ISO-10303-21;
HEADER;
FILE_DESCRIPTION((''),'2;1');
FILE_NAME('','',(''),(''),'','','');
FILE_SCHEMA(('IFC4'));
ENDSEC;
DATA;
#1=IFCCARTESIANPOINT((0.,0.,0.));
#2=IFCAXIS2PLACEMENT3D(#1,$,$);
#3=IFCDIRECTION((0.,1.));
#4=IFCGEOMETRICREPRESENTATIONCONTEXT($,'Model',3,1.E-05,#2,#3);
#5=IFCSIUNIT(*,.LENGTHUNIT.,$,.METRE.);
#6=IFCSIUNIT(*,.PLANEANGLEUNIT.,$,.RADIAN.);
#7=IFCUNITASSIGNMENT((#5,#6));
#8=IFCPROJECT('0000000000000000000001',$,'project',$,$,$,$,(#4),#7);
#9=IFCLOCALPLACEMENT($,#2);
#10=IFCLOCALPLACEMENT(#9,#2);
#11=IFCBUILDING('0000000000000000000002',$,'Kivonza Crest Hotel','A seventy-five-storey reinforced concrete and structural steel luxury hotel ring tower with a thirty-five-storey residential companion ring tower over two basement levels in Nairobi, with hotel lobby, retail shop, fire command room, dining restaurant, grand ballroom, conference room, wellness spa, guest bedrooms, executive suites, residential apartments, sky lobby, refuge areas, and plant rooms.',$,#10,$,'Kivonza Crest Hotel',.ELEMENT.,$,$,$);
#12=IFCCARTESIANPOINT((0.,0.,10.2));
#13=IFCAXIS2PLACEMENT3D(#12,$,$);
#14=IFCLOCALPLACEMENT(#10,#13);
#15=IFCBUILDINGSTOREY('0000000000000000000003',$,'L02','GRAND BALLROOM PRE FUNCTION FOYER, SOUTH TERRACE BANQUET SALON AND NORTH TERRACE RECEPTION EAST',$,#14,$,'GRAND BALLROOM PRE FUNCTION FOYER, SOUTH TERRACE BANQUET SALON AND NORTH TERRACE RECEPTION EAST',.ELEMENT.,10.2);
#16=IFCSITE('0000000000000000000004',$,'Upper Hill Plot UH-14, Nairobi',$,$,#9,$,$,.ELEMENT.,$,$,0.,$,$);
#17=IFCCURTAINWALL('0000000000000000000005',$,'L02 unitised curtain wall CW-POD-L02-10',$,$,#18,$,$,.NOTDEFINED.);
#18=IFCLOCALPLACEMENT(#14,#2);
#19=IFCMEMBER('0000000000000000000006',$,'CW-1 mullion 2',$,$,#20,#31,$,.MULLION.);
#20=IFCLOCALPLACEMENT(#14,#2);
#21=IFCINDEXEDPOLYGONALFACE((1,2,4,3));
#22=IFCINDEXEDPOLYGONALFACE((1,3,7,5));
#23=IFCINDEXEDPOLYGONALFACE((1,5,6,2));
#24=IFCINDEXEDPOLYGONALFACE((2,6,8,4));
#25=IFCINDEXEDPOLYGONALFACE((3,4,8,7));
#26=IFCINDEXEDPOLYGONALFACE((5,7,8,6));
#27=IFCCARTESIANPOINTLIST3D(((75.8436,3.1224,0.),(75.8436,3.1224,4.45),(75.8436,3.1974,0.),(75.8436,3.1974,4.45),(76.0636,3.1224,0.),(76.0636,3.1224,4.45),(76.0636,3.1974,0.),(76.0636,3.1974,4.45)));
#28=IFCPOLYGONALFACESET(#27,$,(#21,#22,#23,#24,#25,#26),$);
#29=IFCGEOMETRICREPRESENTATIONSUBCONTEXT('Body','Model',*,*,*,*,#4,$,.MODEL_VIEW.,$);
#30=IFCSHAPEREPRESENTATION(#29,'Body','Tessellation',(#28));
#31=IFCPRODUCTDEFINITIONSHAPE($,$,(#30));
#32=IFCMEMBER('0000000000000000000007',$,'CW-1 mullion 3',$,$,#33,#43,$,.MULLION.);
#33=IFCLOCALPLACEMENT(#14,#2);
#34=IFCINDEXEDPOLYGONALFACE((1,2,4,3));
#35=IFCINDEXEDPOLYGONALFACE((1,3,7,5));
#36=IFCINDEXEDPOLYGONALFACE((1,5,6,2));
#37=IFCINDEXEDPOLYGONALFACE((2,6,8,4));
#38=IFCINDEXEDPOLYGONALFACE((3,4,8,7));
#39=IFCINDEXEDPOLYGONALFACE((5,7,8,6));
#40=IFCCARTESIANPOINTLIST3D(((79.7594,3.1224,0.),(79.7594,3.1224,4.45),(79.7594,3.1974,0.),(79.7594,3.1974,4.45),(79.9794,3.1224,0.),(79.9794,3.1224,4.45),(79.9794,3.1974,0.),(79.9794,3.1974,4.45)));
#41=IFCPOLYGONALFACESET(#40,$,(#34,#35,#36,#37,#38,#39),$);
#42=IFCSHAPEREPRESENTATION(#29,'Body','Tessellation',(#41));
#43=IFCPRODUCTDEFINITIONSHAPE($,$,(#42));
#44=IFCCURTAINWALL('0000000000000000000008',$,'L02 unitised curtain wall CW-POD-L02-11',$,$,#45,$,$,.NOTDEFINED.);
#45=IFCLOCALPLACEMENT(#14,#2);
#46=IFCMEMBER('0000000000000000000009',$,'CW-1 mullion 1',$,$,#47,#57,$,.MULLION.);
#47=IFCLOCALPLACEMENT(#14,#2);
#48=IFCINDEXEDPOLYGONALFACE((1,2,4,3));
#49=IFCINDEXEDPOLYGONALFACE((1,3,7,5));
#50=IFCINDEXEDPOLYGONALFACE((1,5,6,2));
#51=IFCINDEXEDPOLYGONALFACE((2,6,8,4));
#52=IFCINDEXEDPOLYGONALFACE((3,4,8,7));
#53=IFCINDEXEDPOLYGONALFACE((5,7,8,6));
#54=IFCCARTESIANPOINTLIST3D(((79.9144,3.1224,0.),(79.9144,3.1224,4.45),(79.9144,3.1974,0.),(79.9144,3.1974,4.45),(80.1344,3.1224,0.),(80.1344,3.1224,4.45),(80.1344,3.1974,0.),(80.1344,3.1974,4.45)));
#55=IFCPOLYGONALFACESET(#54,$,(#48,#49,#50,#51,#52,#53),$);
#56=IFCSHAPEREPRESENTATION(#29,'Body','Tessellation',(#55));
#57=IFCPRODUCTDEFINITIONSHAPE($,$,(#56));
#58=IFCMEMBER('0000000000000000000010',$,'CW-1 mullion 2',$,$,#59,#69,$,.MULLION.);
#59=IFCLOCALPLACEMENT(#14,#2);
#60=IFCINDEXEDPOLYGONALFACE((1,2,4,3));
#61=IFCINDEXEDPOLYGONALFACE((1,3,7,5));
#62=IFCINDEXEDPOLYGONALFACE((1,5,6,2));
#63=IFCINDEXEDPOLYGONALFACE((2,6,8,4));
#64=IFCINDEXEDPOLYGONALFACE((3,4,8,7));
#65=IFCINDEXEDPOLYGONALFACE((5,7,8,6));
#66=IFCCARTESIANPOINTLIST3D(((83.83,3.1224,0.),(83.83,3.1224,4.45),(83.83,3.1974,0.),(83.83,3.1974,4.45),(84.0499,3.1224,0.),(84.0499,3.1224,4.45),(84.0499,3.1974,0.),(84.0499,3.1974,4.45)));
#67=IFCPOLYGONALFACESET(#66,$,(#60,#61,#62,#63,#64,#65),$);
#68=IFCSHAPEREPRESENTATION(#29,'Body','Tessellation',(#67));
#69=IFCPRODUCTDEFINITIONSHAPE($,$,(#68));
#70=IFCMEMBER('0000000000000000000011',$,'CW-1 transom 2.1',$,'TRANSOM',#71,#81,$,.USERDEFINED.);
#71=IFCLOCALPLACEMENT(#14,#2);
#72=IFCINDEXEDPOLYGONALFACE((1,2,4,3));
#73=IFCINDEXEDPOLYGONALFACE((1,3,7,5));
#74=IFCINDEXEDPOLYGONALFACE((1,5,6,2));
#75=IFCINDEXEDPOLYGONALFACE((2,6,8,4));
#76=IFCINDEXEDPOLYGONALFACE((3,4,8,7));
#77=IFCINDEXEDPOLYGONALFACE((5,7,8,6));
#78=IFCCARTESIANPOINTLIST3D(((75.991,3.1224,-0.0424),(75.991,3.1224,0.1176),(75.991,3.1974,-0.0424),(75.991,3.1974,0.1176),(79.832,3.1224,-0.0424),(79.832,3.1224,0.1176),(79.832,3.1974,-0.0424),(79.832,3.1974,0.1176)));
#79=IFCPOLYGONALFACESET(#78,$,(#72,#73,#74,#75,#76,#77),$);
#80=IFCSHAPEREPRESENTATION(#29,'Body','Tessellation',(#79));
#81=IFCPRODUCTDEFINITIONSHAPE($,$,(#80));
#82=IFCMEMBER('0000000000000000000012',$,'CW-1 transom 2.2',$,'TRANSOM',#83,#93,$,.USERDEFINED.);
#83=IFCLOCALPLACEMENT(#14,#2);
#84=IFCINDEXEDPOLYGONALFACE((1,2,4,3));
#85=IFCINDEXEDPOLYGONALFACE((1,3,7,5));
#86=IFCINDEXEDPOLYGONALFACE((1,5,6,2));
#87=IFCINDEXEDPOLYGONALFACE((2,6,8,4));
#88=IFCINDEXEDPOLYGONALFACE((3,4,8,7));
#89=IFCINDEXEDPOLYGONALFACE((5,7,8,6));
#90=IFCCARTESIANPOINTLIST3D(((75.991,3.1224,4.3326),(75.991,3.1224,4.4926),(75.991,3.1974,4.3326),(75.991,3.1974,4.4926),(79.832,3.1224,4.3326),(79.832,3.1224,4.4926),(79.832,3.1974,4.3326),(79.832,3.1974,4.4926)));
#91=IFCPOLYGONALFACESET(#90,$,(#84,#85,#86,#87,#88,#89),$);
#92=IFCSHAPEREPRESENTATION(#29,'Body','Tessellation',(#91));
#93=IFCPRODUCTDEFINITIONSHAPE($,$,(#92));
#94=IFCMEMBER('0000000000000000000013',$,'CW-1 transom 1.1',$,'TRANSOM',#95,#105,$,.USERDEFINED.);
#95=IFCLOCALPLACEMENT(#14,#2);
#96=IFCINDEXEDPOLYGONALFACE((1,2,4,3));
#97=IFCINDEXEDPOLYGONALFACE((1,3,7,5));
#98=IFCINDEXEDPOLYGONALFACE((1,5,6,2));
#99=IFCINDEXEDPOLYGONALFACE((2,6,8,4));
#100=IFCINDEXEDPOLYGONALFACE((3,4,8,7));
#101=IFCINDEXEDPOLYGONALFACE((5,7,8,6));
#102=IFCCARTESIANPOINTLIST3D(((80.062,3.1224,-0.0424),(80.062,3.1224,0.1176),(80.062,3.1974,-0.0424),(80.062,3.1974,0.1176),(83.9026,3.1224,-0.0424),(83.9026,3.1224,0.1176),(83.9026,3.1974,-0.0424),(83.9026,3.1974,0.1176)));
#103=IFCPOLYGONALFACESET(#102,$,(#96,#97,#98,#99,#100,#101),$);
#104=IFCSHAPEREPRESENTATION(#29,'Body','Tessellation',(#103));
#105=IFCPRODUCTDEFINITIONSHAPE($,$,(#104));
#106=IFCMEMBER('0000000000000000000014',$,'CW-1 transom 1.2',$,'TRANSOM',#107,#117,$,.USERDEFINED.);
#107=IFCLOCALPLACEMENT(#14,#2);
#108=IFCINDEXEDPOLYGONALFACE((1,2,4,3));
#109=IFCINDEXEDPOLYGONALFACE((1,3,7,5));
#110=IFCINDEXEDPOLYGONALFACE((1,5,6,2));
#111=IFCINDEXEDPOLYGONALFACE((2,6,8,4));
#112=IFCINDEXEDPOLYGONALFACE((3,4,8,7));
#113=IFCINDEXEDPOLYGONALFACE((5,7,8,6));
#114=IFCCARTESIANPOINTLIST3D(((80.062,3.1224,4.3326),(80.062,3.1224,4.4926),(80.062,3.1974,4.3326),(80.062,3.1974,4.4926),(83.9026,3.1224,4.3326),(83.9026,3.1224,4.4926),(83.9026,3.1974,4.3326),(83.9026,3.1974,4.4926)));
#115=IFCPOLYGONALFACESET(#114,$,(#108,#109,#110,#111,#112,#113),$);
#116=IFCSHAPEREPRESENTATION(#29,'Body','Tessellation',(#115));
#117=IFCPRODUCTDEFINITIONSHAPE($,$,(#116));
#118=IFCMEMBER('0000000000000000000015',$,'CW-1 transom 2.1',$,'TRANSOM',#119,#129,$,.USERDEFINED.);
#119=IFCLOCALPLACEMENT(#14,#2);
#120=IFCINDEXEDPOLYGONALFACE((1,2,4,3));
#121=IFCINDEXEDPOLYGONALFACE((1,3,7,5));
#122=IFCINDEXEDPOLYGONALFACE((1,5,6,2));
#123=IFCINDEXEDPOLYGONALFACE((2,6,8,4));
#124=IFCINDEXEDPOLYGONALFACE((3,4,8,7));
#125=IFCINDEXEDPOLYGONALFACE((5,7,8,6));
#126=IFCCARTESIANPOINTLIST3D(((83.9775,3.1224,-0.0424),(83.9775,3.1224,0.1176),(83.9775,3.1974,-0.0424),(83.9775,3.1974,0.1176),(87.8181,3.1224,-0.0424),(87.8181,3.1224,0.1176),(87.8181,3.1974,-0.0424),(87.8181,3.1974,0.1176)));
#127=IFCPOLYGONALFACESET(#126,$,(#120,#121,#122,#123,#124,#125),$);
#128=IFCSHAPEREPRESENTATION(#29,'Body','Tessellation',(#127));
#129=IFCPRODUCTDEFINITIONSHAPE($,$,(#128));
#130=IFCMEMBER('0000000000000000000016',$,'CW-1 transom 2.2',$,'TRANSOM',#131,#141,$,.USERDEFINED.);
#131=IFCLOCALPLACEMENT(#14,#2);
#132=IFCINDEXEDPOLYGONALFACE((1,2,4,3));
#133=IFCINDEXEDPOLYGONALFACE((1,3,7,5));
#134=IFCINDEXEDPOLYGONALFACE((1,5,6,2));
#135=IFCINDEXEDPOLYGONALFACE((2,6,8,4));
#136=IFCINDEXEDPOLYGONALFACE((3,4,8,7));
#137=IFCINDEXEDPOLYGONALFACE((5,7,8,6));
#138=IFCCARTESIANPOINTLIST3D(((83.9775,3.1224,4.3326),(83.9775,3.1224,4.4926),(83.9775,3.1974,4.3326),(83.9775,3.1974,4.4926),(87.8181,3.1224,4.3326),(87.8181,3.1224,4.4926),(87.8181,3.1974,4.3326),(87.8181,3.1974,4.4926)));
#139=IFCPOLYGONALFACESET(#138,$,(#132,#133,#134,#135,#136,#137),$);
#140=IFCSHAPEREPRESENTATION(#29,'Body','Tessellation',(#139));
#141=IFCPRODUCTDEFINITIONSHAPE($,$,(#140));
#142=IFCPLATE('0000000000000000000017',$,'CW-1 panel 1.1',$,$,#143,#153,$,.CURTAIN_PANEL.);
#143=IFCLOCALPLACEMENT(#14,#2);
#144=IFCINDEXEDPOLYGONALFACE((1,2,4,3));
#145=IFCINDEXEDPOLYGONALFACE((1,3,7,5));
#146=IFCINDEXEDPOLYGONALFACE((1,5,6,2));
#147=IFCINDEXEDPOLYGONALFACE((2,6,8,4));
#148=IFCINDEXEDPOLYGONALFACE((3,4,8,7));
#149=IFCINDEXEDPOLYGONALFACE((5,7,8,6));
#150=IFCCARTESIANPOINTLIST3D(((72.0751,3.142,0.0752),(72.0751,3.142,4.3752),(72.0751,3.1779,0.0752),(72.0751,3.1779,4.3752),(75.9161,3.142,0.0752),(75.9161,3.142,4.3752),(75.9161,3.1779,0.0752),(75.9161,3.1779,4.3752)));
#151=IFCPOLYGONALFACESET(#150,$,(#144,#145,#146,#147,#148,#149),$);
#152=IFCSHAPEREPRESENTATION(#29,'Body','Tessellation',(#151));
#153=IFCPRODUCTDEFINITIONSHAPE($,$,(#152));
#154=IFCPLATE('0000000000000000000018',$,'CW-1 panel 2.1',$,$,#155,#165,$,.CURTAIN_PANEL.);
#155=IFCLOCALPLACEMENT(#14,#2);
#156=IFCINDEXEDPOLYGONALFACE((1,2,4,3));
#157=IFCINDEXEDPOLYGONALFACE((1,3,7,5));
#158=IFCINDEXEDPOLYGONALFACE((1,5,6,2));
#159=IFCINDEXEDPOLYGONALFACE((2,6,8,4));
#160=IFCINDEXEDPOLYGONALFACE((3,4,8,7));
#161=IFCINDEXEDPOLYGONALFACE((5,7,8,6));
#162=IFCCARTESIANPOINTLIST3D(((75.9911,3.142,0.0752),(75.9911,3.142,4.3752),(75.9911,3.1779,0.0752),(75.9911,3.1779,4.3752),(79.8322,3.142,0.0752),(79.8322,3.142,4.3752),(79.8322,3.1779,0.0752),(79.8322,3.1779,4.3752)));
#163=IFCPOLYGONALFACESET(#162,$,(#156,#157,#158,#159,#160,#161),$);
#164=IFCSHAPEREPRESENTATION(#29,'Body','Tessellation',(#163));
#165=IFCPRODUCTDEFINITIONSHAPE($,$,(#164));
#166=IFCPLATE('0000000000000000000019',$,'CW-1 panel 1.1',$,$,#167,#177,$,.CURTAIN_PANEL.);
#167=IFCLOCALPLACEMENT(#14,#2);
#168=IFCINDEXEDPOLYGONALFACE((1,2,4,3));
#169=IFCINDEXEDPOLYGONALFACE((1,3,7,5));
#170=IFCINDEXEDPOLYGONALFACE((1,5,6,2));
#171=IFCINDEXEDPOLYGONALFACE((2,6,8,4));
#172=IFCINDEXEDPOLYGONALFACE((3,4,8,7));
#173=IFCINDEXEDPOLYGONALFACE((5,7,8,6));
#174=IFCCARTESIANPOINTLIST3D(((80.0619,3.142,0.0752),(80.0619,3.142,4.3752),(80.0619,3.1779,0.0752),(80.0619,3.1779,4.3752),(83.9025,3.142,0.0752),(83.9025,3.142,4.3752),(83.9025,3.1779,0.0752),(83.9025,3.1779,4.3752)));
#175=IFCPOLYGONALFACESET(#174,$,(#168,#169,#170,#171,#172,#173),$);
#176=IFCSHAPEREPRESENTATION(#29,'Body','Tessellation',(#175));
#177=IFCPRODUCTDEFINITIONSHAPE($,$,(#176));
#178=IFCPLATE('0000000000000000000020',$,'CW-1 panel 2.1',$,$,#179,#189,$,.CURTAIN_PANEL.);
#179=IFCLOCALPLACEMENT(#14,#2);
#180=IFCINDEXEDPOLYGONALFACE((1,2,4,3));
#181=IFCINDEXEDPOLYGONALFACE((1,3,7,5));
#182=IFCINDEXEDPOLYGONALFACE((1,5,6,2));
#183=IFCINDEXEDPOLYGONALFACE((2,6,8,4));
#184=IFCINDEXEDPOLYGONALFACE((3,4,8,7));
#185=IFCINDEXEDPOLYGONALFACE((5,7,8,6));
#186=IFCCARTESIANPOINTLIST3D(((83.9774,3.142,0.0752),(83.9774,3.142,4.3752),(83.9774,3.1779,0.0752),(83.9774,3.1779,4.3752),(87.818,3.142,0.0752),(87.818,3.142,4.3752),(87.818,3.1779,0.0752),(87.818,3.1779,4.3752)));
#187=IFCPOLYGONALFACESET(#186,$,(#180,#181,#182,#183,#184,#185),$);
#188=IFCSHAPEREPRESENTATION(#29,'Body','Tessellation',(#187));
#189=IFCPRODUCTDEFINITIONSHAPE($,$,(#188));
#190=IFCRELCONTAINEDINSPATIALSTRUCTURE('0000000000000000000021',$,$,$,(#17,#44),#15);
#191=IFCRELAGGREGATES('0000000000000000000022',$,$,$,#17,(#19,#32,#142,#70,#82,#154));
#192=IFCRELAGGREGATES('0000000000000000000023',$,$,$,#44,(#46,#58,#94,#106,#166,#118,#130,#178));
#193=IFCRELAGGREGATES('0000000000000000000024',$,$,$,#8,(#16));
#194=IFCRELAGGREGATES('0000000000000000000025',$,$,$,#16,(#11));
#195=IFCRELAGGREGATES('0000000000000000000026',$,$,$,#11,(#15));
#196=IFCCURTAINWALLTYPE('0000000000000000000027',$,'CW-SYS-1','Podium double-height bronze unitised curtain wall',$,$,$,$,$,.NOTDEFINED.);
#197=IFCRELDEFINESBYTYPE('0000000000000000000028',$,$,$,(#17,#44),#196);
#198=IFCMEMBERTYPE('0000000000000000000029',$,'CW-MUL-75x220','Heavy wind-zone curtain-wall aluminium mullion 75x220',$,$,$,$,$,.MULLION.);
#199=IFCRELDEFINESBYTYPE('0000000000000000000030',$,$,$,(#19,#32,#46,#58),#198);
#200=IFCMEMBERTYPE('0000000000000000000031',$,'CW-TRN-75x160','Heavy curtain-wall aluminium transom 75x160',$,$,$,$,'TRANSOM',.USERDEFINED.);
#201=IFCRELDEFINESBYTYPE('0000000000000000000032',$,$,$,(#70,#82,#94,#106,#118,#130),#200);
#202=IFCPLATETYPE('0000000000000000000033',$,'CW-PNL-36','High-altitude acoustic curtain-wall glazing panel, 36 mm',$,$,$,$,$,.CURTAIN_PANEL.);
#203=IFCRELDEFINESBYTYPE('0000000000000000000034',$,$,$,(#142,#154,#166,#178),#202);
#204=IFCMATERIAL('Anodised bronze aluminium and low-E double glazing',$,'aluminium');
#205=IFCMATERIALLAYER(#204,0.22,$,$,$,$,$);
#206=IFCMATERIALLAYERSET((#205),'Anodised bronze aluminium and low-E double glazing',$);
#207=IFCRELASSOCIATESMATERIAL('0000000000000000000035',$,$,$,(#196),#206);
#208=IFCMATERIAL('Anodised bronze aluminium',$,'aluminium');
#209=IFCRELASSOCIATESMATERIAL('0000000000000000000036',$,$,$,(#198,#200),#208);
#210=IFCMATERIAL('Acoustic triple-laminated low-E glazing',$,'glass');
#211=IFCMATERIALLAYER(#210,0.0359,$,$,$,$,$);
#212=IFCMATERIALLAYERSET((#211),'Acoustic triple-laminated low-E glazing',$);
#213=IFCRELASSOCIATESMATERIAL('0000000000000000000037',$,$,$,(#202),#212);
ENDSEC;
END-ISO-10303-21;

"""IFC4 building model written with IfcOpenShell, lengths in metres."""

from ifc_helpers import new_model, si_unit, direction, frame, origin, origin_2d, place, context, subcontext, project, spatial, rectangle, extrude, material, layer, layer_set, material_profile, profile_set, type_object, element, aggregate, save


model = new_model("IFC4")

# Units and contexts
model_context = context("Model", 3, precision=1e-05, world=origin(), true_north=direction((0.0, 1.0)))
body_context = subcontext(model_context, "Body", "Model", "MODEL_VIEW")
ifc_project = project(units=[si_unit("LENGTHUNIT", "METRE"), si_unit("PLANEANGLEUNIT", "RADIAN")], contexts=[model_context])

# Site, building, storey
site_placement = place(None, origin())
site = spatial("IfcSite", under=ifc_project, at=site_placement, Name="Upper Hill Plot UH-14, Nairobi", CompositionType="ELEMENT", RefElevation=0.0)
building_placement = place(site_placement, origin())
building = spatial("IfcBuilding", under=site, at=building_placement, Name="Kivonza Crest Hotel", Description="A seventy-five-storey reinforced concrete and structural steel luxury hotel ring tower with a thirty-five-storey residential companion ring tower over two basement levels in Nairobi, with hotel lobby, retail shop, fire command room, dining restaurant, grand ballroom, conference room, wellness spa, guest bedrooms, executive suites, residential apartments, sky lobby, refuge areas, and plant rooms.", LongName="Kivonza Crest Hotel", CompositionType="ELEMENT")
storey_placement = place(building_placement, frame((0.0, 0.0, 10.2)))
storey = spatial("IfcBuildingStorey", under=building, at=storey_placement, Name="L02", Description="GRAND BALLROOM PRE FUNCTION FOYER, SOUTH TERRACE BANQUET SALON AND NORTH TERRACE RECEPTION EAST", LongName="GRAND BALLROOM PRE FUNCTION FOYER, SOUTH TERRACE BANQUET SALON AND NORTH TERRACE RECEPTION EAST", CompositionType="ELEMENT", Elevation=10.2)

# Curtain walls, members
ifc_material_1 = material(Name="Anodised bronze aluminium and low-E double glazing", Category="aluminium")
ifc_layer_1 = layer(ifc_material_1, 0.22)
ifc_layer_set_1 = layer_set([ifc_layer_1], Name="Anodised bronze aluminium and low-E double glazing")
curtain_wall_type = type_object("IfcCurtainWallType", Name="CW-SYS-1", Description="Podium double-height bronze unitised curtain wall", PredefinedType="NOTDEFINED", material=ifc_layer_set_1)
curtain_wall_1_placement = place(storey_placement, origin())
curtain_wall_1 = element("IfcCurtainWall", 1, at=curtain_wall_1_placement, inside=storey, type_object=curtain_wall_type, Name="L02 unitised curtain wall CW-POD-L02-10", PredefinedType="NOTDEFINED")
ifc_material_2 = material(Name="Anodised bronze aluminium", Category="aluminium")
ifc_material_profile_1 = material_profile(ifc_material_2, rectangle(XDim=0.075, YDim=0.22, at=origin_2d()), Name="CW-M 75x220")
ifc_profile_set_1 = profile_set([ifc_material_profile_1], Name="Anodised bronze aluminium")
member_type_1 = type_object("IfcMemberType", Name="CW-MUL-75x220", Description="Heavy wind-zone curtain-wall aluminium mullion 75x220", PredefinedType="MULLION", material=ifc_profile_set_1)
member_1_placement = place(storey_placement, frame((75.9536, 3.1599, 0.0), z_axis=(0.0, 0.0, 1.0), x_axis=(0.0, 1.0, 0.0)))
member_1 = element("IfcMember", 2, at=member_1_placement, type_object=member_type_1, Name="CW-1 mullion 2", PredefinedType="MULLION", context=body_context, shape_type="SweptSolid", body=[
    extrude(rectangle(XDim=0.075, YDim=0.22, at=origin_2d()), origin(), (0.0, 0.0, 1.0), 4.45),
])
member_2_placement = place(storey_placement, frame((79.8694, 3.1599, 0.0), z_axis=(0.0, 0.0, 1.0), x_axis=(0.0, 1.0, 0.0)))
member_2 = element("IfcMember", 3, at=member_2_placement, type_object=member_type_1, Name="CW-1 mullion 3", PredefinedType="MULLION", context=body_context, shape_type="SweptSolid", body=[
    extrude(rectangle(XDim=0.075, YDim=0.22, at=origin_2d()), origin(), (0.0, 0.0, 1.0), 4.45),
])
curtain_wall_2_placement = place(storey_placement, origin())
curtain_wall_2 = element("IfcCurtainWall", 4, at=curtain_wall_2_placement, inside=storey, type_object=curtain_wall_type, Name="L02 unitised curtain wall CW-POD-L02-11", PredefinedType="NOTDEFINED")
member_3_placement = place(storey_placement, frame((80.0244, 3.1599, 0.0), z_axis=(0.0, 0.0, 1.0), x_axis=(0.0, 1.0, 0.0)))
member_3 = element("IfcMember", 5, at=member_3_placement, type_object=member_type_1, Name="CW-1 mullion 1", PredefinedType="MULLION", context=body_context, shape_type="SweptSolid", body=[
    extrude(rectangle(XDim=0.075, YDim=0.22, at=origin_2d()), origin(), (0.0, 0.0, 1.0), 4.45),
])
member_4_placement = place(storey_placement, frame((83.9399, 3.1599, 0.0), z_axis=(0.0, 0.0, 1.0), x_axis=(0.0, 1.0, 0.0)))
member_4 = element("IfcMember", 6, at=member_4_placement, type_object=member_type_1, Name="CW-1 mullion 2", PredefinedType="MULLION", context=body_context, shape_type="SweptSolid", body=[
    extrude(rectangle(XDim=0.075, YDim=0.22, at=origin_2d()), origin(), (0.0, 0.0, 1.0), 4.45),
])

# Members
ifc_material_profile_2 = material_profile(ifc_material_2, rectangle(XDim=0.075, YDim=0.1599, at=origin_2d()), Name="CW-T 75x160")
ifc_profile_set_2 = profile_set([ifc_material_profile_2], Name="Anodised bronze aluminium")
member_type_2 = type_object("IfcMemberType", Name="CW-TRN-75x160", Description="Heavy curtain-wall aluminium transom 75x160", ElementType="TRANSOM", PredefinedType="USERDEFINED", material=ifc_profile_set_2)
member_5_placement = place(storey_placement, frame((75.991, 3.1599, 0.0376), z_axis=(1.0, 0.0, 0.0), x_axis=(0.0, 1.0, 0.0)))
member_5 = element("IfcMember", 7, at=member_5_placement, type_object=member_type_2, Name="CW-1 transom 2.1", ObjectType="TRANSOM", PredefinedType="USERDEFINED", context=body_context, shape_type="SweptSolid", body=[
    extrude(rectangle(XDim=0.075, YDim=0.1599, at=origin_2d()), origin(), (0.0, 0.0, 1.0), 3.8411),
])
member_6_placement = place(storey_placement, frame((75.991, 3.1599, 4.4126), z_axis=(1.0, 0.0, 0.0), x_axis=(0.0, 1.0, 0.0)))
member_6 = element("IfcMember", 8, at=member_6_placement, type_object=member_type_2, Name="CW-1 transom 2.2", ObjectType="TRANSOM", PredefinedType="USERDEFINED", context=body_context, shape_type="SweptSolid", body=[
    extrude(rectangle(XDim=0.075, YDim=0.1599, at=origin_2d()), origin(), (0.0, 0.0, 1.0), 3.8411),
])
member_7_placement = place(storey_placement, frame((80.062, 3.1599, 0.0376), z_axis=(1.0, 0.0, 0.0), x_axis=(0.0, 1.0, 0.0)))
member_7 = element("IfcMember", 9, at=member_7_placement, type_object=member_type_2, Name="CW-1 transom 1.1", ObjectType="TRANSOM", PredefinedType="USERDEFINED", context=body_context, shape_type="SweptSolid", body=[
    extrude(rectangle(XDim=0.075, YDim=0.1599, at=origin_2d()), origin(), (0.0, 0.0, 1.0), 3.8406),
])
member_8_placement = place(storey_placement, frame((80.062, 3.1599, 4.4126), z_axis=(1.0, 0.0, 0.0), x_axis=(0.0, 1.0, 0.0)))
member_8 = element("IfcMember", 10, at=member_8_placement, type_object=member_type_2, Name="CW-1 transom 1.2", ObjectType="TRANSOM", PredefinedType="USERDEFINED", context=body_context, shape_type="SweptSolid", body=[
    extrude(rectangle(XDim=0.075, YDim=0.1599, at=origin_2d()), origin(), (0.0, 0.0, 1.0), 3.8406),
])
member_9_placement = place(storey_placement, frame((83.9775, 3.1599, 0.0376), z_axis=(1.0, 0.0, 0.0), x_axis=(0.0, 1.0, 0.0)))
member_9 = element("IfcMember", 11, at=member_9_placement, type_object=member_type_2, Name="CW-1 transom 2.1", ObjectType="TRANSOM", PredefinedType="USERDEFINED", context=body_context, shape_type="SweptSolid", body=[
    extrude(rectangle(XDim=0.075, YDim=0.1599, at=origin_2d()), origin(), (0.0, 0.0, 1.0), 3.8406),
])
member_10_placement = place(storey_placement, frame((83.9775, 3.1599, 4.4126), z_axis=(1.0, 0.0, 0.0), x_axis=(0.0, 1.0, 0.0)))
member_10 = element("IfcMember", 12, at=member_10_placement, type_object=member_type_2, Name="CW-1 transom 2.2", ObjectType="TRANSOM", PredefinedType="USERDEFINED", context=body_context, shape_type="SweptSolid", body=[
    extrude(rectangle(XDim=0.075, YDim=0.1599, at=origin_2d()), origin(), (0.0, 0.0, 1.0), 3.8406),
])

# Plates
ifc_material_3 = material(Name="Acoustic triple-laminated low-E glazing", Category="glass")
ifc_layer_2 = layer(ifc_material_3, 0.0359)
ifc_layer_set_2 = layer_set([ifc_layer_2], Name="Acoustic triple-laminated low-E glazing")
plate_type = type_object("IfcPlateType", Name="CW-PNL-36", Description="High-altitude acoustic curtain-wall glazing panel, 36 mm", PredefinedType="CURTAIN_PANEL", material=ifc_layer_set_2)
plate_1_placement = place(storey_placement, frame((73.9956, 3.1599, 0.0752), z_axis=(0.0, 0.0, 1.0), x_axis=(1.0, 0.0, 0.0)))
plate_1 = element("IfcPlate", 13, at=plate_1_placement, type_object=plate_type, Name="CW-1 panel 1.1", PredefinedType="CURTAIN_PANEL", context=body_context, shape_type="SweptSolid", body=[
    extrude(rectangle(XDim=3.8411, YDim=0.0359, at=origin_2d()), origin(), (0.0, 0.0, 1.0), 4.3),
])
plate_2_placement = place(storey_placement, frame((77.9116, 3.1599, 0.0752), z_axis=(0.0, 0.0, 1.0), x_axis=(1.0, 0.0, 0.0)))
plate_2 = element("IfcPlate", 14, at=plate_2_placement, type_object=plate_type, Name="CW-1 panel 2.1", PredefinedType="CURTAIN_PANEL", context=body_context, shape_type="SweptSolid", body=[
    extrude(rectangle(XDim=3.8411, YDim=0.0359, at=origin_2d()), origin(), (0.0, 0.0, 1.0), 4.3),
])
aggregate(curtain_wall_1, [member_1, member_2, plate_1, member_5, member_6, plate_2])
plate_3_placement = place(storey_placement, frame((81.9822, 3.1599, 0.0752), z_axis=(0.0, 0.0, 1.0), x_axis=(1.0, 0.0, 0.0)))
plate_3 = element("IfcPlate", 15, at=plate_3_placement, type_object=plate_type, Name="CW-1 panel 1.1", PredefinedType="CURTAIN_PANEL", context=body_context, shape_type="SweptSolid", body=[
    extrude(rectangle(XDim=3.8406, YDim=0.0359, at=origin_2d()), origin(), (0.0, 0.0, 1.0), 4.3),
])
plate_4_placement = place(storey_placement, frame((85.8977, 3.1599, 0.0752), z_axis=(0.0, 0.0, 1.0), x_axis=(1.0, 0.0, 0.0)))
plate_4 = element("IfcPlate", 16, at=plate_4_placement, type_object=plate_type, Name="CW-1 panel 2.1", PredefinedType="CURTAIN_PANEL", context=body_context, shape_type="SweptSolid", body=[
    extrude(rectangle(XDim=3.8406, YDim=0.0359, at=origin_2d()), origin(), (0.0, 0.0, 1.0), 4.3),
])
aggregate(curtain_wall_2, [member_3, member_4, member_7, member_8, plate_3, member_9, member_10, plate_4])

save(model, "model.ifc")
